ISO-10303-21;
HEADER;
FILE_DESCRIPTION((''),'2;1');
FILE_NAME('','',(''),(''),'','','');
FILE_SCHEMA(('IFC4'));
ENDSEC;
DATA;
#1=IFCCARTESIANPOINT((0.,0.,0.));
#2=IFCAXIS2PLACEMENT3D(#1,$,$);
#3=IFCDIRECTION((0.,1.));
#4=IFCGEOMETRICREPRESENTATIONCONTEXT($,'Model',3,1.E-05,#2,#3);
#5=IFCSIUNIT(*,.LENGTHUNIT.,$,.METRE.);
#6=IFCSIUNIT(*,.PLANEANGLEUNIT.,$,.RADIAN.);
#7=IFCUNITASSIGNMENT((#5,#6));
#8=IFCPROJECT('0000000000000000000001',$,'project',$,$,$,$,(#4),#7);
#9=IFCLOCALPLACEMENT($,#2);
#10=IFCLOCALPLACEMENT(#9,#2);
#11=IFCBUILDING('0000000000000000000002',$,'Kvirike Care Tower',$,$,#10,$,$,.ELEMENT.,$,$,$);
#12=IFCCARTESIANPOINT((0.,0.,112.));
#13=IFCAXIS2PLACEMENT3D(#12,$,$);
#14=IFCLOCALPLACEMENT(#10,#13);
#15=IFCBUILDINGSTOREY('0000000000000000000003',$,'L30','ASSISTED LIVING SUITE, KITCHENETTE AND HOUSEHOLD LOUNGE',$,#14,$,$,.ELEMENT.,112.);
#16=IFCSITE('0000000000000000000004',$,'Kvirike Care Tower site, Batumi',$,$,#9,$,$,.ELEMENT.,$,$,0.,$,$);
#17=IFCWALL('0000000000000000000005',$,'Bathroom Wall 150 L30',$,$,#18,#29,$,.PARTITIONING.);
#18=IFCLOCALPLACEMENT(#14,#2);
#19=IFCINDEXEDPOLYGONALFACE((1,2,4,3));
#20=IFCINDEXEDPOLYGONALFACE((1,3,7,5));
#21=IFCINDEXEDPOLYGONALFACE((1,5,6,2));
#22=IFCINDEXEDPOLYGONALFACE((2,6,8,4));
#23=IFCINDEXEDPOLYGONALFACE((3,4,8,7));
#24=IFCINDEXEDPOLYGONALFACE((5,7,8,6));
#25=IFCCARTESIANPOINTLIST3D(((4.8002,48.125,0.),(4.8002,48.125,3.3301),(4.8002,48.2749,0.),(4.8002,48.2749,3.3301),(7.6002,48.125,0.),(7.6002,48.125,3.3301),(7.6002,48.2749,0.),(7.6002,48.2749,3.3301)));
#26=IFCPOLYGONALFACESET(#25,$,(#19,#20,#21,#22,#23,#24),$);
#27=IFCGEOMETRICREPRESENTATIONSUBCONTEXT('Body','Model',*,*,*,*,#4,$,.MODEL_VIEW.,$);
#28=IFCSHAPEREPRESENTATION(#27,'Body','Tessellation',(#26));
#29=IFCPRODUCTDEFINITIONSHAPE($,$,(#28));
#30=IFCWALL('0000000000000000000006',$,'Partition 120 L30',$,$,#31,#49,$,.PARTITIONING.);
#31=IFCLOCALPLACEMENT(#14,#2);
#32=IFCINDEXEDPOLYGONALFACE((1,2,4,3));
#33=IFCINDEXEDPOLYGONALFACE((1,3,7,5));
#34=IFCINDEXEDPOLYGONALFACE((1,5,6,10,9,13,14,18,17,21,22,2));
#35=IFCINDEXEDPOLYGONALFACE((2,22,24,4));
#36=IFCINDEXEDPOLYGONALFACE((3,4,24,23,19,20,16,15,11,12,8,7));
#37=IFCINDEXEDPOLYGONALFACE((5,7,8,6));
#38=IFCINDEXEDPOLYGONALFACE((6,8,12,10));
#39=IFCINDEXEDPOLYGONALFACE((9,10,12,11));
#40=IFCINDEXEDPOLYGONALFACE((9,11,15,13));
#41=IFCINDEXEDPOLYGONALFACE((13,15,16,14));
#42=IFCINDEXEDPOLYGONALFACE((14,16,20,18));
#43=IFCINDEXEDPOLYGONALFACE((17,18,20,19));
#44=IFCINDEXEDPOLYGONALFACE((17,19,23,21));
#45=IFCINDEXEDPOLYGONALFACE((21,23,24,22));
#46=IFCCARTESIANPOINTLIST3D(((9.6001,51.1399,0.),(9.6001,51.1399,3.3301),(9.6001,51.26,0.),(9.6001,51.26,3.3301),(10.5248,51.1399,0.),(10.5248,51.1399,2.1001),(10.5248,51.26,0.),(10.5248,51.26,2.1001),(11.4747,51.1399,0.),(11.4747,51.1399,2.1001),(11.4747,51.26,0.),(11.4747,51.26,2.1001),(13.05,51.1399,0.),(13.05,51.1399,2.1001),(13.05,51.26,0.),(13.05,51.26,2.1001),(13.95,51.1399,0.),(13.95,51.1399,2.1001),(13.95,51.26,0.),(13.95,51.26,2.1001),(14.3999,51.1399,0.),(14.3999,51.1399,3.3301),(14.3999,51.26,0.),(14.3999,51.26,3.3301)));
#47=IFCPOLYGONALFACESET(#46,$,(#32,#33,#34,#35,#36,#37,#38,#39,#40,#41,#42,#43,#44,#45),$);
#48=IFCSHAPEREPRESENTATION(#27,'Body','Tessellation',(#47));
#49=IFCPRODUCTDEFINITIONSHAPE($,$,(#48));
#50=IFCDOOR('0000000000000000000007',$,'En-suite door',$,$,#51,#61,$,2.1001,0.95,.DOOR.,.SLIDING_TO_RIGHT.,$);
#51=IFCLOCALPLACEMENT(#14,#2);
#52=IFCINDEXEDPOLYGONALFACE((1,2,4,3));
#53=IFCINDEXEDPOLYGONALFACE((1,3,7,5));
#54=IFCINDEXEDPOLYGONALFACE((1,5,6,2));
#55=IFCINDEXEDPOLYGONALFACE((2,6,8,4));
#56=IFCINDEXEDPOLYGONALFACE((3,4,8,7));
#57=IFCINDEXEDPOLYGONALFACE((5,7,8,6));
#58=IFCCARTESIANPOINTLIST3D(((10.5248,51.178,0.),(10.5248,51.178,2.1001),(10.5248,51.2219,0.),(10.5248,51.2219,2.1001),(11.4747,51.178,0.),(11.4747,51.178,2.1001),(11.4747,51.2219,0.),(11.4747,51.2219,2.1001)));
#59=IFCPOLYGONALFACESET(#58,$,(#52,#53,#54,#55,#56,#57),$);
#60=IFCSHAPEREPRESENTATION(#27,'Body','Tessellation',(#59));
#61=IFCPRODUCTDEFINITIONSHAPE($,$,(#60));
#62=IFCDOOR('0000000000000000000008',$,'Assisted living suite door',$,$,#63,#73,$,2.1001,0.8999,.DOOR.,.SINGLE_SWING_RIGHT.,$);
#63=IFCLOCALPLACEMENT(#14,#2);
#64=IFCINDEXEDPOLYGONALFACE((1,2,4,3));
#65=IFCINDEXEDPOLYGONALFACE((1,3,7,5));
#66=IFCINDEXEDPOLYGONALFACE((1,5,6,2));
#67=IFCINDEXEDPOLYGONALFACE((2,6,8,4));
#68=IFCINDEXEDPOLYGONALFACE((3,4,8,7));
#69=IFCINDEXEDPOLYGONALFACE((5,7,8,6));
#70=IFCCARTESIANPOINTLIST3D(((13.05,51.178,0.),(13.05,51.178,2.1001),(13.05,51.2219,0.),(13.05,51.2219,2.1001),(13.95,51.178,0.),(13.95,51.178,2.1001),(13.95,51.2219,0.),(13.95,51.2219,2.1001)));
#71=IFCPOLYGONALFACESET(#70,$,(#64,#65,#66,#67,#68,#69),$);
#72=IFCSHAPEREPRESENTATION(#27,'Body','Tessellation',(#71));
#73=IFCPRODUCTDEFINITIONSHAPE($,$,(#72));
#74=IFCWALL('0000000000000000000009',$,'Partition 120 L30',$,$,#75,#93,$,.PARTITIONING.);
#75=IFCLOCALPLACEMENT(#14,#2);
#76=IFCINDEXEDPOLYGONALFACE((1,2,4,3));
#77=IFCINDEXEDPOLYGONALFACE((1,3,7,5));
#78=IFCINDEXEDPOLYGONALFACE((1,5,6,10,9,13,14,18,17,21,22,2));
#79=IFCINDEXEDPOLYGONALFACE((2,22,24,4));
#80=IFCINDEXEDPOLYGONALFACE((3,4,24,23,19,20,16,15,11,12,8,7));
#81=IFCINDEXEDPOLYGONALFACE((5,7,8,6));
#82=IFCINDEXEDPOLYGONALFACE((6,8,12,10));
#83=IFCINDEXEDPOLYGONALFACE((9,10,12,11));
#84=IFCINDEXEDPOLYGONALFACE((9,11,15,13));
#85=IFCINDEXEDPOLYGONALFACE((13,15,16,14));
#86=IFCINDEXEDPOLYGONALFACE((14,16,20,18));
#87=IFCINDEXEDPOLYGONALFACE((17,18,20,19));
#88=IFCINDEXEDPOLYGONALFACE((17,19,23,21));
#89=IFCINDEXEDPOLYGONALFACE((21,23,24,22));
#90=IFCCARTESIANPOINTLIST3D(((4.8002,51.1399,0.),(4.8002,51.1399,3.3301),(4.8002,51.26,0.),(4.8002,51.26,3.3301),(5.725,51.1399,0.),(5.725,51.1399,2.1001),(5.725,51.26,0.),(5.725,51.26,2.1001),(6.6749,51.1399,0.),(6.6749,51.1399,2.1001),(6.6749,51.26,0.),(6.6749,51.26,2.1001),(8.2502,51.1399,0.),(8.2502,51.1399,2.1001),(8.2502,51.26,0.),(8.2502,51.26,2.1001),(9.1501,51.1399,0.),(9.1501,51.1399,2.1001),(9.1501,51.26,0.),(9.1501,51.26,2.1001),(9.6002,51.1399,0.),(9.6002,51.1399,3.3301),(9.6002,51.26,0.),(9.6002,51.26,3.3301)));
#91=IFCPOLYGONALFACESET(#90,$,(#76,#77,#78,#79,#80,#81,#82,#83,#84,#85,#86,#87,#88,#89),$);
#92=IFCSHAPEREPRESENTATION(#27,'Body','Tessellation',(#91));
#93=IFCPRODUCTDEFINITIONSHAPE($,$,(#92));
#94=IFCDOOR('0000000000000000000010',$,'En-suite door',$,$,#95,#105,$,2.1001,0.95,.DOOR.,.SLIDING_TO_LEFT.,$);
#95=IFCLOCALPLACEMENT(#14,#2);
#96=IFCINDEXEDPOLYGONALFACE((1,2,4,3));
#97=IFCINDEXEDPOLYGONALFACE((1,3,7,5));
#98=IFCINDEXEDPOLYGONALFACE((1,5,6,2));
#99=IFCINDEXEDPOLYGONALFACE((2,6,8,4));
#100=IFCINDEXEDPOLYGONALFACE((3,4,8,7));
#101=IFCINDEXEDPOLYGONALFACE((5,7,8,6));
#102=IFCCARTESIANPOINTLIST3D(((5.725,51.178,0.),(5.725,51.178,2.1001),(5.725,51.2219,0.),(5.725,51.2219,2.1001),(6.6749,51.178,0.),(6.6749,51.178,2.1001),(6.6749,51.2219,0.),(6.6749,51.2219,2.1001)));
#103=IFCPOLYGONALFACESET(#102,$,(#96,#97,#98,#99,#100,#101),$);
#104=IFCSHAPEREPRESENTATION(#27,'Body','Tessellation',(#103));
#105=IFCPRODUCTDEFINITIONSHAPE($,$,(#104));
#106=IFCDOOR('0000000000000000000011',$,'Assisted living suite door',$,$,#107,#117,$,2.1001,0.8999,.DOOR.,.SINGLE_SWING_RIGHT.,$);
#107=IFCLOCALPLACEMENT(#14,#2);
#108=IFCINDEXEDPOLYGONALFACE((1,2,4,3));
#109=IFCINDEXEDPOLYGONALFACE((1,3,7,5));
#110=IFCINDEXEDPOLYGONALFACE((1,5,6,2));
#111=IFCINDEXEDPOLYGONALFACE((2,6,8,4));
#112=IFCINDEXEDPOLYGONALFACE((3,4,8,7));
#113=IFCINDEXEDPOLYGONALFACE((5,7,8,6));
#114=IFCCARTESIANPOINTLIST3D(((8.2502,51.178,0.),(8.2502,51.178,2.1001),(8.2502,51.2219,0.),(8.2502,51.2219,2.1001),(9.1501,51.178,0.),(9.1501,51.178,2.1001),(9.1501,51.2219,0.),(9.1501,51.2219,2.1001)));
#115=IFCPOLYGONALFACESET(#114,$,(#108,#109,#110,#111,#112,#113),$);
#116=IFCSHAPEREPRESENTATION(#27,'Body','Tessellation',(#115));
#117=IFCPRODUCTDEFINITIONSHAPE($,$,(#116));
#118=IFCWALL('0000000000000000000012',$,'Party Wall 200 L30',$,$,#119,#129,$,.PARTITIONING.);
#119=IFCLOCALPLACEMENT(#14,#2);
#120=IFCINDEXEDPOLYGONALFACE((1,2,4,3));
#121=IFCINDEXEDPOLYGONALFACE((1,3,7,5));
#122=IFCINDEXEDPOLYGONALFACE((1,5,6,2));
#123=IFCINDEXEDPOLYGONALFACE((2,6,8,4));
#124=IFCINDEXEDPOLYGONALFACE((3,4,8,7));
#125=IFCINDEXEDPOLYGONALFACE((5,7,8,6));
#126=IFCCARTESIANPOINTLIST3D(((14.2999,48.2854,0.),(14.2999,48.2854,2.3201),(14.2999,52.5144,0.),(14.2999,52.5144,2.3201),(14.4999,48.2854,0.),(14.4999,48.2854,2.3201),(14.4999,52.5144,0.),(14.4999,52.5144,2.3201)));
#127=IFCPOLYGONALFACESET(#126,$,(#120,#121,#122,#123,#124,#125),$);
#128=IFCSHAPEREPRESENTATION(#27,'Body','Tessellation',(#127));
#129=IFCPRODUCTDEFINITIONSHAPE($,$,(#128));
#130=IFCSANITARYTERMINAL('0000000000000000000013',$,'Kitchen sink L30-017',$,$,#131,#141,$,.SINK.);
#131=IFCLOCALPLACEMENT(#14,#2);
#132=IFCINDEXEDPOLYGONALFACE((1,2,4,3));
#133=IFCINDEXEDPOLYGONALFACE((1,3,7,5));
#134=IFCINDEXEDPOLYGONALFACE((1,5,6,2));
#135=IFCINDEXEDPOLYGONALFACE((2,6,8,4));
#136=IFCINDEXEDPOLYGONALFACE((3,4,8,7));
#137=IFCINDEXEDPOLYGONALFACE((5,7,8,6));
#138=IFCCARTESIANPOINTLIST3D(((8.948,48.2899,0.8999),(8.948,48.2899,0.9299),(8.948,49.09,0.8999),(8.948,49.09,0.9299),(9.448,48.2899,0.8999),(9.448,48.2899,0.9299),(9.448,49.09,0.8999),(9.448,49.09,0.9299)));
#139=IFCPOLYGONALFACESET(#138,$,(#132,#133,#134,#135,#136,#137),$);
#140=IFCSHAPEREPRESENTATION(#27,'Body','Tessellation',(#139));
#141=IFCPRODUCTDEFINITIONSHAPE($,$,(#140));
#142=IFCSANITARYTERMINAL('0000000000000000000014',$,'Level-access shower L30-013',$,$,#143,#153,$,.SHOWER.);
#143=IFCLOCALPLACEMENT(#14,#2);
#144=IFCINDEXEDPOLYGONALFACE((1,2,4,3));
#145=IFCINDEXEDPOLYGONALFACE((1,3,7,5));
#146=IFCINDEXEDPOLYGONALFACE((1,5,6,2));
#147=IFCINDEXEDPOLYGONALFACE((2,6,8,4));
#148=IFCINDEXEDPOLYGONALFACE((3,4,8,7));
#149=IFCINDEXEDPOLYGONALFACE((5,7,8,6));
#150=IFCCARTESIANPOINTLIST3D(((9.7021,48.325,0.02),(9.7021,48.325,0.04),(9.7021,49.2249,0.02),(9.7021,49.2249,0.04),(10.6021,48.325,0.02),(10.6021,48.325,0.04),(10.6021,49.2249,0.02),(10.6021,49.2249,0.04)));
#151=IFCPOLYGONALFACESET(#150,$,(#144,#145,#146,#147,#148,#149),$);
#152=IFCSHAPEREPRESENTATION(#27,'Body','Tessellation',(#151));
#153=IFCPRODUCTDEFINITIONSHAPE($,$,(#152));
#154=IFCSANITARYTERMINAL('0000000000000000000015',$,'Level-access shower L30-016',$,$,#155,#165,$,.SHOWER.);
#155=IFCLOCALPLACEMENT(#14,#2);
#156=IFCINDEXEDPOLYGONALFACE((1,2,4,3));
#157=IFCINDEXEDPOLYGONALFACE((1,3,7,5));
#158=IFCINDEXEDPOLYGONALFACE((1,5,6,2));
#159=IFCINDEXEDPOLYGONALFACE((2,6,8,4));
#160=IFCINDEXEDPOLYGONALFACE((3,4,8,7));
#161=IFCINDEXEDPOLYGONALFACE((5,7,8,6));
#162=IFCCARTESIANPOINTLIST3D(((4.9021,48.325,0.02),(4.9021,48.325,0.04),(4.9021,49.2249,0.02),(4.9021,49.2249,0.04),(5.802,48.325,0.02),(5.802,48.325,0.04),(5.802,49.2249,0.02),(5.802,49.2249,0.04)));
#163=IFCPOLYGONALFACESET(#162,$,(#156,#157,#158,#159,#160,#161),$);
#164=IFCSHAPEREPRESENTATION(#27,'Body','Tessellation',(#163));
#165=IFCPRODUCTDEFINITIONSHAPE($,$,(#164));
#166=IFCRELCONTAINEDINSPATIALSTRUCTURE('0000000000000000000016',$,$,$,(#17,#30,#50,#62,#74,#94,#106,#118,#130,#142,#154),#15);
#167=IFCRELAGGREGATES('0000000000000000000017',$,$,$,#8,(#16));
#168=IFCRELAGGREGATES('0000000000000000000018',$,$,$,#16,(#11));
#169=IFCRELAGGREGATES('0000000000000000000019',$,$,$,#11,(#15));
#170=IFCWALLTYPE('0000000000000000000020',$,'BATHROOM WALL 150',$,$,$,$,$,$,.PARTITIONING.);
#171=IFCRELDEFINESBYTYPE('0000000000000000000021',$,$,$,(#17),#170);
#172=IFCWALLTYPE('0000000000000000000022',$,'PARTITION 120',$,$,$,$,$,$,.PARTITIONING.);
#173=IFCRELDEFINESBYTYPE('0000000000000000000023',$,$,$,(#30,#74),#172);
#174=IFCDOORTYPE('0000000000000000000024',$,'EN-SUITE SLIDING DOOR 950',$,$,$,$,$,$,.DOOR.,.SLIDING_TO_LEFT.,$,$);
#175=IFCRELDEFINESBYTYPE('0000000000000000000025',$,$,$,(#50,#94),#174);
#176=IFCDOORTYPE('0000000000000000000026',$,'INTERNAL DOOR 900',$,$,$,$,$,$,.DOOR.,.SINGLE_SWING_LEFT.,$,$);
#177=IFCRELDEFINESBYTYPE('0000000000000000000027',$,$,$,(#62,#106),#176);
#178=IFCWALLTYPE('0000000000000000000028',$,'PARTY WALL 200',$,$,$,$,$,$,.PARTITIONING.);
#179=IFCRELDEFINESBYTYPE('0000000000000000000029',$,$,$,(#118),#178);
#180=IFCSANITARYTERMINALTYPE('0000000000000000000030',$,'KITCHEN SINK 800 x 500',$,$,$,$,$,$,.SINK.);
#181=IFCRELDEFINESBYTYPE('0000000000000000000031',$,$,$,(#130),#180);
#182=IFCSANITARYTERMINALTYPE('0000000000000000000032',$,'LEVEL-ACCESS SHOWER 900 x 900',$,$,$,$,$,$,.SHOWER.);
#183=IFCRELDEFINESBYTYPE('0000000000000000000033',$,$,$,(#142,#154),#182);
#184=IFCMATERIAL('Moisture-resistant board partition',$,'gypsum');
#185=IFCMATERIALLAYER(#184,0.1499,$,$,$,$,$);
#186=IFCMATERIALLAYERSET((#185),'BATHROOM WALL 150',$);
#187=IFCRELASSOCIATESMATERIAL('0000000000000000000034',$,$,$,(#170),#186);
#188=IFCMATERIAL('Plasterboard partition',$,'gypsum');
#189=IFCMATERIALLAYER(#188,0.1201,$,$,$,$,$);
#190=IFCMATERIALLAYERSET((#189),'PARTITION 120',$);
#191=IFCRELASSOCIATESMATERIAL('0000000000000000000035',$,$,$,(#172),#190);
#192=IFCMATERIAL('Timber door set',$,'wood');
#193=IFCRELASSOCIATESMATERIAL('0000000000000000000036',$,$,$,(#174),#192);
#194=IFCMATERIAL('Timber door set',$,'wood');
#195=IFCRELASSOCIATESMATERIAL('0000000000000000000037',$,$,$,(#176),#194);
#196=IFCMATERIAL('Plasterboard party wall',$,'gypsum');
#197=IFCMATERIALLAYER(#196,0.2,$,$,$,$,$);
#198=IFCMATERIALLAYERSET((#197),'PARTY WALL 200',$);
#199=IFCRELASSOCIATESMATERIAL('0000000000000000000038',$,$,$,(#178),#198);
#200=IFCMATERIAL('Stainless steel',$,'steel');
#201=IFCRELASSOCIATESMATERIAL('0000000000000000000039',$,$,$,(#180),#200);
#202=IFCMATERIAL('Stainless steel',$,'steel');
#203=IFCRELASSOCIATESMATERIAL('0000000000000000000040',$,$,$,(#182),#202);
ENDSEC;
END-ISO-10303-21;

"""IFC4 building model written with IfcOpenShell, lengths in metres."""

from ifc_helpers import new_model, si_unit, direction, frame, frame_2d, origin, origin_2d, place, context, subcontext, project, spatial, rectangle, extrude, material, layer, layer_set, type_object, element, fill, save


model = new_model("IFC4")

# Units and contexts
model_context = context("Model", 3, precision=1e-05, world=origin(), true_north=direction((0.0, 1.0)))
body_context = subcontext(model_context, "Body", "Model", "MODEL_VIEW")
ifc_project = project(units=[si_unit("LENGTHUNIT", "METRE"), si_unit("PLANEANGLEUNIT", "RADIAN")], contexts=[model_context])

# Site, building, storey
site_placement = place(None, origin())
site = spatial("IfcSite", under=ifc_project, at=site_placement, Name="Kvirike Care Tower site, Batumi", CompositionType="ELEMENT", RefElevation=0.0)
building_placement = place(site_placement, origin())
building = spatial("IfcBuilding", under=site, at=building_placement, Name="Kvirike Care Tower", CompositionType="ELEMENT")
storey_placement = place(building_placement, frame((0.0, 0.0, 112.0)))
storey = spatial("IfcBuildingStorey", under=building, at=storey_placement, Name="L30", Description="ASSISTED LIVING SUITE, KITCHENETTE AND HOUSEHOLD LOUNGE", CompositionType="ELEMENT", Elevation=112.0)

# Wall
ifc_material_1 = material(Name="Moisture-resistant board partition", Category="gypsum")
ifc_layer_1 = layer(ifc_material_1, 0.1499)
ifc_layer_set_1 = layer_set([ifc_layer_1], Name="BATHROOM WALL 150")
wall_type_1 = type_object("IfcWallType", Name="BATHROOM WALL 150", PredefinedType="PARTITIONING", material=ifc_layer_set_1)
wall_1_placement = place(storey_placement, frame((7.6001, 48.2, 0.0), z_axis=(0.0, 0.0, 1.0), x_axis=(-1.0, 0.0, 0.0)))
element("IfcWall", 1, at=wall_1_placement, inside=storey, type_object=wall_type_1, Name="Bathroom Wall 150 L30", PredefinedType="PARTITIONING", context=body_context, shape_type="SweptSolid", body=[
    extrude(rectangle(XDim=2.8, YDim=0.1499, at=frame_2d((1.3999, 0.0))), origin(), (0.0, 0.0, 1.0), 3.3301),
])

# Walls, openings, doors
ifc_material_2 = material(Name="Plasterboard partition", Category="gypsum")
ifc_layer_2 = layer(ifc_material_2, 0.1201)
ifc_layer_set_2 = layer_set([ifc_layer_2], Name="PARTITION 120")
wall_type_2 = type_object("IfcWallType", Name="PARTITION 120", PredefinedType="PARTITIONING", material=ifc_layer_set_2)
wall_2_placement = place(storey_placement, frame((14.3999, 51.2, 0.0), z_axis=(0.0, 0.0, 1.0), x_axis=(-1.0, 0.0, 0.0)))
wall_2 = element("IfcWall", 2, at=wall_2_placement, inside=storey, type_object=wall_type_2, Name="Partition 120 L30", PredefinedType="PARTITIONING", context=body_context, shape_type="SweptSolid", body=[
    extrude(rectangle(XDim=4.7998, YDim=0.1201, at=frame_2d((2.3999, 0.0))), origin(), (0.0, 0.0, 1.0), 3.3301),
])
opening_1_placement = place(wall_2_placement, frame((0.45, 0.0, 0.0)))
opening_1 = element("IfcOpeningElement", 3, at=opening_1_placement, cuts=wall_2, PredefinedType="OPENING", context=body_context, shape_type="SweptSolid", body=[
    extrude(rectangle(XDim=0.8999, YDim=2.1001, at=frame_2d((0.45, 1.05))), frame((0.0, 0.0706, 0.0), z_axis=(0.0, -1.0, 0.0), x_axis=(1.0, 0.0, 0.0)), (0.0, 0.0, 1.0), 0.1411),
])
opening_2_placement = place(wall_2_placement, frame((2.925, 0.0, 0.0)))
opening_2 = element("IfcOpeningElement", 4, at=opening_2_placement, cuts=wall_2, PredefinedType="OPENING", context=body_context, shape_type="SweptSolid", body=[
    extrude(rectangle(XDim=0.95, YDim=2.1001, at=frame_2d((0.4751, 1.05))), frame((0.0, 0.0706, 0.0), z_axis=(0.0, -1.0, 0.0), x_axis=(1.0, 0.0, 0.0)), (0.0, 0.0, 1.0), 0.1411),
])
ifc_material_3 = material(Name="Timber door set", Category="wood")
door_type_1 = type_object("IfcDoorType", Name="EN-SUITE SLIDING DOOR 950", OperationType="SLIDING_TO_LEFT", PredefinedType="DOOR", material=ifc_material_3)
door_1_placement = place(opening_2_placement, origin())
door_1 = element("IfcDoor", 5, at=door_1_placement, inside=storey, type_object=door_type_1, Name="En-suite door", OperationType="SLIDING_TO_RIGHT", OverallHeight=2.1001, OverallWidth=0.95, PredefinedType="DOOR", context=body_context, shape_type="SweptSolid", body=[
    extrude(rectangle(XDim=0.95, YDim=2.1001, at=frame_2d((0.4751, 1.05))), frame((0.0, 0.022, 0.0), z_axis=(0.0, -1.0, 0.0), x_axis=(1.0, 0.0, 0.0)), (0.0, 0.0, 1.0), 0.0439),
])
fill(opening_2, door_1)
ifc_material_4 = material(Name="Timber door set", Category="wood")
door_type_2 = type_object("IfcDoorType", Name="INTERNAL DOOR 900", OperationType="SINGLE_SWING_LEFT", PredefinedType="DOOR", material=ifc_material_4)
door_2_placement = place(opening_1_placement, origin())
door_2 = element("IfcDoor", 6, at=door_2_placement, inside=storey, type_object=door_type_2, Name="Assisted living suite door", OperationType="SINGLE_SWING_RIGHT", OverallHeight=2.1001, OverallWidth=0.8999, PredefinedType="DOOR", context=body_context, shape_type="SweptSolid", body=[
    extrude(rectangle(XDim=0.8999, YDim=2.1001, at=frame_2d((0.45, 1.05))), frame((0.0, 0.022, 0.0), z_axis=(0.0, -1.0, 0.0), x_axis=(1.0, 0.0, 0.0)), (0.0, 0.0, 1.0), 0.0439),
])
fill(opening_1, door_2)
wall_3_placement = place(storey_placement, frame((9.6001, 51.2, 0.0), z_axis=(0.0, 0.0, 1.0), x_axis=(-1.0, 0.0, 0.0)))
wall_3 = element("IfcWall", 7, at=wall_3_placement, inside=storey, type_object=wall_type_2, Name="Partition 120 L30", PredefinedType="PARTITIONING", context=body_context, shape_type="SweptSolid", body=[
    extrude(rectangle(XDim=4.8, YDim=0.1201, at=frame_2d((2.3999, 0.0))), origin(), (0.0, 0.0, 1.0), 3.3301),
])
opening_3_placement = place(wall_3_placement, frame((0.45, 0.0, 0.0)))
opening_3 = element("IfcOpeningElement", 8, at=opening_3_placement, cuts=wall_3, PredefinedType="OPENING", context=body_context, shape_type="SweptSolid", body=[
    extrude(rectangle(XDim=0.8999, YDim=2.1001, at=frame_2d((0.45, 1.05))), frame((0.0, 0.0706, 0.0), z_axis=(0.0, -1.0, 0.0), x_axis=(1.0, 0.0, 0.0)), (0.0, 0.0, 1.0), 0.1411),
])
opening_4_placement = place(wall_3_placement, frame((2.925, 0.0, 0.0)))
opening_4 = element("IfcOpeningElement", 9, at=opening_4_placement, cuts=wall_3, PredefinedType="OPENING", context=body_context, shape_type="SweptSolid", body=[
    extrude(rectangle(XDim=0.95, YDim=2.1001, at=frame_2d((0.4751, 1.05))), frame((0.0, 0.0706, 0.0), z_axis=(0.0, -1.0, 0.0), x_axis=(1.0, 0.0, 0.0)), (0.0, 0.0, 1.0), 0.1411),
])
door_3_placement = place(opening_4_placement, origin())
door_3 = element("IfcDoor", 10, at=door_3_placement, inside=storey, type_object=door_type_1, Name="En-suite door", OperationType="SLIDING_TO_LEFT", OverallHeight=2.1001, OverallWidth=0.95, PredefinedType="DOOR", context=body_context, shape_type="SweptSolid", body=[
    extrude(rectangle(XDim=0.95, YDim=2.1001, at=frame_2d((0.4751, 1.05))), frame((0.0, 0.022, 0.0), z_axis=(0.0, -1.0, 0.0), x_axis=(1.0, 0.0, 0.0)), (0.0, 0.0, 1.0), 0.0439),
])
fill(opening_4, door_3)
door_4_placement = place(opening_3_placement, origin())
door_4 = element("IfcDoor", 11, at=door_4_placement, inside=storey, type_object=door_type_2, Name="Assisted living suite door", OperationType="SINGLE_SWING_RIGHT", OverallHeight=2.1001, OverallWidth=0.8999, PredefinedType="DOOR", context=body_context, shape_type="SweptSolid", body=[
    extrude(rectangle(XDim=0.8999, YDim=2.1001, at=frame_2d((0.45, 1.05))), frame((0.0, 0.022, 0.0), z_axis=(0.0, -1.0, 0.0), x_axis=(1.0, 0.0, 0.0)), (0.0, 0.0, 1.0), 0.0439),
])
fill(opening_3, door_4)

# Wall
ifc_material_5 = material(Name="Plasterboard party wall", Category="gypsum")
ifc_layer_3 = layer(ifc_material_5, 0.2)
ifc_layer_set_3 = layer_set([ifc_layer_3], Name="PARTY WALL 200")
wall_type_3 = type_object("IfcWallType", Name="PARTY WALL 200", PredefinedType="PARTITIONING", material=ifc_layer_set_3)
wall_4_placement = place(storey_placement, frame((14.3999, 48.2854, 0.0), z_axis=(0.0, 0.0, 1.0), x_axis=(0.0, 1.0, 0.0)))
element("IfcWall", 12, at=wall_4_placement, inside=storey, type_object=wall_type_3, Name="Party Wall 200 L30", PredefinedType="PARTITIONING", context=body_context, shape_type="SweptSolid", body=[
    extrude(rectangle(XDim=4.229, YDim=0.2, at=frame_2d((2.1145, 0.0))), origin(), (0.0, 0.0, 1.0), 2.3201),
])

# Sanitary terminals
ifc_material_6 = material(Name="Stainless steel", Category="steel")
sanitary_terminal_type_1 = type_object("IfcSanitaryTerminalType", Name="KITCHEN SINK 800 x 500", PredefinedType="SINK", material=ifc_material_6)
sanitary_terminal_placement = place(storey_placement, frame((9.198, 48.6899, 0.8999), z_axis=(0.0, 0.0, 1.0), x_axis=(0.0, -1.0, 0.0)))
element("IfcSanitaryTerminal", 13, at=sanitary_terminal_placement, inside=storey, type_object=sanitary_terminal_type_1, Name="Kitchen sink L30-017", PredefinedType="SINK", context=body_context, shape_type="SweptSolid", body=[
    extrude(rectangle(XDim=0.8, YDim=0.5, at=origin_2d()), origin(), (0.0, 0.0, 1.0), 0.03),
])
ifc_material_7 = material(Name="Stainless steel", Category="steel")
sanitary_terminal_type_2 = type_object("IfcSanitaryTerminalType", Name="LEVEL-ACCESS SHOWER 900 x 900", PredefinedType="SHOWER", material=ifc_material_7)
for number, where, z_axis, x_axis, name in (
    (14, (10.1521, 48.7749, 0.02), (0.0, 0.0, 1.0), (0.0, 1.0, 0.0), "Level-access shower L30-013"),
    (15, (5.3521, 48.7749, 0.02), (0.0, 0.0, 1.0), (0.0, 1.0, 0.0), "Level-access shower L30-016"),
):
    element("IfcSanitaryTerminal", number, at=place(storey_placement, frame(where, z_axis=z_axis, x_axis=x_axis)), inside=storey, type_object=sanitary_terminal_type_2, Name=name, PredefinedType="SHOWER", context=body_context, shape_type="SweptSolid", body=[
        extrude(rectangle(XDim=0.8999, YDim=0.8999, at=origin_2d()), origin(), (0.0, 0.0, 1.0), 0.02),
    ])

save(model, "model.ifc")
